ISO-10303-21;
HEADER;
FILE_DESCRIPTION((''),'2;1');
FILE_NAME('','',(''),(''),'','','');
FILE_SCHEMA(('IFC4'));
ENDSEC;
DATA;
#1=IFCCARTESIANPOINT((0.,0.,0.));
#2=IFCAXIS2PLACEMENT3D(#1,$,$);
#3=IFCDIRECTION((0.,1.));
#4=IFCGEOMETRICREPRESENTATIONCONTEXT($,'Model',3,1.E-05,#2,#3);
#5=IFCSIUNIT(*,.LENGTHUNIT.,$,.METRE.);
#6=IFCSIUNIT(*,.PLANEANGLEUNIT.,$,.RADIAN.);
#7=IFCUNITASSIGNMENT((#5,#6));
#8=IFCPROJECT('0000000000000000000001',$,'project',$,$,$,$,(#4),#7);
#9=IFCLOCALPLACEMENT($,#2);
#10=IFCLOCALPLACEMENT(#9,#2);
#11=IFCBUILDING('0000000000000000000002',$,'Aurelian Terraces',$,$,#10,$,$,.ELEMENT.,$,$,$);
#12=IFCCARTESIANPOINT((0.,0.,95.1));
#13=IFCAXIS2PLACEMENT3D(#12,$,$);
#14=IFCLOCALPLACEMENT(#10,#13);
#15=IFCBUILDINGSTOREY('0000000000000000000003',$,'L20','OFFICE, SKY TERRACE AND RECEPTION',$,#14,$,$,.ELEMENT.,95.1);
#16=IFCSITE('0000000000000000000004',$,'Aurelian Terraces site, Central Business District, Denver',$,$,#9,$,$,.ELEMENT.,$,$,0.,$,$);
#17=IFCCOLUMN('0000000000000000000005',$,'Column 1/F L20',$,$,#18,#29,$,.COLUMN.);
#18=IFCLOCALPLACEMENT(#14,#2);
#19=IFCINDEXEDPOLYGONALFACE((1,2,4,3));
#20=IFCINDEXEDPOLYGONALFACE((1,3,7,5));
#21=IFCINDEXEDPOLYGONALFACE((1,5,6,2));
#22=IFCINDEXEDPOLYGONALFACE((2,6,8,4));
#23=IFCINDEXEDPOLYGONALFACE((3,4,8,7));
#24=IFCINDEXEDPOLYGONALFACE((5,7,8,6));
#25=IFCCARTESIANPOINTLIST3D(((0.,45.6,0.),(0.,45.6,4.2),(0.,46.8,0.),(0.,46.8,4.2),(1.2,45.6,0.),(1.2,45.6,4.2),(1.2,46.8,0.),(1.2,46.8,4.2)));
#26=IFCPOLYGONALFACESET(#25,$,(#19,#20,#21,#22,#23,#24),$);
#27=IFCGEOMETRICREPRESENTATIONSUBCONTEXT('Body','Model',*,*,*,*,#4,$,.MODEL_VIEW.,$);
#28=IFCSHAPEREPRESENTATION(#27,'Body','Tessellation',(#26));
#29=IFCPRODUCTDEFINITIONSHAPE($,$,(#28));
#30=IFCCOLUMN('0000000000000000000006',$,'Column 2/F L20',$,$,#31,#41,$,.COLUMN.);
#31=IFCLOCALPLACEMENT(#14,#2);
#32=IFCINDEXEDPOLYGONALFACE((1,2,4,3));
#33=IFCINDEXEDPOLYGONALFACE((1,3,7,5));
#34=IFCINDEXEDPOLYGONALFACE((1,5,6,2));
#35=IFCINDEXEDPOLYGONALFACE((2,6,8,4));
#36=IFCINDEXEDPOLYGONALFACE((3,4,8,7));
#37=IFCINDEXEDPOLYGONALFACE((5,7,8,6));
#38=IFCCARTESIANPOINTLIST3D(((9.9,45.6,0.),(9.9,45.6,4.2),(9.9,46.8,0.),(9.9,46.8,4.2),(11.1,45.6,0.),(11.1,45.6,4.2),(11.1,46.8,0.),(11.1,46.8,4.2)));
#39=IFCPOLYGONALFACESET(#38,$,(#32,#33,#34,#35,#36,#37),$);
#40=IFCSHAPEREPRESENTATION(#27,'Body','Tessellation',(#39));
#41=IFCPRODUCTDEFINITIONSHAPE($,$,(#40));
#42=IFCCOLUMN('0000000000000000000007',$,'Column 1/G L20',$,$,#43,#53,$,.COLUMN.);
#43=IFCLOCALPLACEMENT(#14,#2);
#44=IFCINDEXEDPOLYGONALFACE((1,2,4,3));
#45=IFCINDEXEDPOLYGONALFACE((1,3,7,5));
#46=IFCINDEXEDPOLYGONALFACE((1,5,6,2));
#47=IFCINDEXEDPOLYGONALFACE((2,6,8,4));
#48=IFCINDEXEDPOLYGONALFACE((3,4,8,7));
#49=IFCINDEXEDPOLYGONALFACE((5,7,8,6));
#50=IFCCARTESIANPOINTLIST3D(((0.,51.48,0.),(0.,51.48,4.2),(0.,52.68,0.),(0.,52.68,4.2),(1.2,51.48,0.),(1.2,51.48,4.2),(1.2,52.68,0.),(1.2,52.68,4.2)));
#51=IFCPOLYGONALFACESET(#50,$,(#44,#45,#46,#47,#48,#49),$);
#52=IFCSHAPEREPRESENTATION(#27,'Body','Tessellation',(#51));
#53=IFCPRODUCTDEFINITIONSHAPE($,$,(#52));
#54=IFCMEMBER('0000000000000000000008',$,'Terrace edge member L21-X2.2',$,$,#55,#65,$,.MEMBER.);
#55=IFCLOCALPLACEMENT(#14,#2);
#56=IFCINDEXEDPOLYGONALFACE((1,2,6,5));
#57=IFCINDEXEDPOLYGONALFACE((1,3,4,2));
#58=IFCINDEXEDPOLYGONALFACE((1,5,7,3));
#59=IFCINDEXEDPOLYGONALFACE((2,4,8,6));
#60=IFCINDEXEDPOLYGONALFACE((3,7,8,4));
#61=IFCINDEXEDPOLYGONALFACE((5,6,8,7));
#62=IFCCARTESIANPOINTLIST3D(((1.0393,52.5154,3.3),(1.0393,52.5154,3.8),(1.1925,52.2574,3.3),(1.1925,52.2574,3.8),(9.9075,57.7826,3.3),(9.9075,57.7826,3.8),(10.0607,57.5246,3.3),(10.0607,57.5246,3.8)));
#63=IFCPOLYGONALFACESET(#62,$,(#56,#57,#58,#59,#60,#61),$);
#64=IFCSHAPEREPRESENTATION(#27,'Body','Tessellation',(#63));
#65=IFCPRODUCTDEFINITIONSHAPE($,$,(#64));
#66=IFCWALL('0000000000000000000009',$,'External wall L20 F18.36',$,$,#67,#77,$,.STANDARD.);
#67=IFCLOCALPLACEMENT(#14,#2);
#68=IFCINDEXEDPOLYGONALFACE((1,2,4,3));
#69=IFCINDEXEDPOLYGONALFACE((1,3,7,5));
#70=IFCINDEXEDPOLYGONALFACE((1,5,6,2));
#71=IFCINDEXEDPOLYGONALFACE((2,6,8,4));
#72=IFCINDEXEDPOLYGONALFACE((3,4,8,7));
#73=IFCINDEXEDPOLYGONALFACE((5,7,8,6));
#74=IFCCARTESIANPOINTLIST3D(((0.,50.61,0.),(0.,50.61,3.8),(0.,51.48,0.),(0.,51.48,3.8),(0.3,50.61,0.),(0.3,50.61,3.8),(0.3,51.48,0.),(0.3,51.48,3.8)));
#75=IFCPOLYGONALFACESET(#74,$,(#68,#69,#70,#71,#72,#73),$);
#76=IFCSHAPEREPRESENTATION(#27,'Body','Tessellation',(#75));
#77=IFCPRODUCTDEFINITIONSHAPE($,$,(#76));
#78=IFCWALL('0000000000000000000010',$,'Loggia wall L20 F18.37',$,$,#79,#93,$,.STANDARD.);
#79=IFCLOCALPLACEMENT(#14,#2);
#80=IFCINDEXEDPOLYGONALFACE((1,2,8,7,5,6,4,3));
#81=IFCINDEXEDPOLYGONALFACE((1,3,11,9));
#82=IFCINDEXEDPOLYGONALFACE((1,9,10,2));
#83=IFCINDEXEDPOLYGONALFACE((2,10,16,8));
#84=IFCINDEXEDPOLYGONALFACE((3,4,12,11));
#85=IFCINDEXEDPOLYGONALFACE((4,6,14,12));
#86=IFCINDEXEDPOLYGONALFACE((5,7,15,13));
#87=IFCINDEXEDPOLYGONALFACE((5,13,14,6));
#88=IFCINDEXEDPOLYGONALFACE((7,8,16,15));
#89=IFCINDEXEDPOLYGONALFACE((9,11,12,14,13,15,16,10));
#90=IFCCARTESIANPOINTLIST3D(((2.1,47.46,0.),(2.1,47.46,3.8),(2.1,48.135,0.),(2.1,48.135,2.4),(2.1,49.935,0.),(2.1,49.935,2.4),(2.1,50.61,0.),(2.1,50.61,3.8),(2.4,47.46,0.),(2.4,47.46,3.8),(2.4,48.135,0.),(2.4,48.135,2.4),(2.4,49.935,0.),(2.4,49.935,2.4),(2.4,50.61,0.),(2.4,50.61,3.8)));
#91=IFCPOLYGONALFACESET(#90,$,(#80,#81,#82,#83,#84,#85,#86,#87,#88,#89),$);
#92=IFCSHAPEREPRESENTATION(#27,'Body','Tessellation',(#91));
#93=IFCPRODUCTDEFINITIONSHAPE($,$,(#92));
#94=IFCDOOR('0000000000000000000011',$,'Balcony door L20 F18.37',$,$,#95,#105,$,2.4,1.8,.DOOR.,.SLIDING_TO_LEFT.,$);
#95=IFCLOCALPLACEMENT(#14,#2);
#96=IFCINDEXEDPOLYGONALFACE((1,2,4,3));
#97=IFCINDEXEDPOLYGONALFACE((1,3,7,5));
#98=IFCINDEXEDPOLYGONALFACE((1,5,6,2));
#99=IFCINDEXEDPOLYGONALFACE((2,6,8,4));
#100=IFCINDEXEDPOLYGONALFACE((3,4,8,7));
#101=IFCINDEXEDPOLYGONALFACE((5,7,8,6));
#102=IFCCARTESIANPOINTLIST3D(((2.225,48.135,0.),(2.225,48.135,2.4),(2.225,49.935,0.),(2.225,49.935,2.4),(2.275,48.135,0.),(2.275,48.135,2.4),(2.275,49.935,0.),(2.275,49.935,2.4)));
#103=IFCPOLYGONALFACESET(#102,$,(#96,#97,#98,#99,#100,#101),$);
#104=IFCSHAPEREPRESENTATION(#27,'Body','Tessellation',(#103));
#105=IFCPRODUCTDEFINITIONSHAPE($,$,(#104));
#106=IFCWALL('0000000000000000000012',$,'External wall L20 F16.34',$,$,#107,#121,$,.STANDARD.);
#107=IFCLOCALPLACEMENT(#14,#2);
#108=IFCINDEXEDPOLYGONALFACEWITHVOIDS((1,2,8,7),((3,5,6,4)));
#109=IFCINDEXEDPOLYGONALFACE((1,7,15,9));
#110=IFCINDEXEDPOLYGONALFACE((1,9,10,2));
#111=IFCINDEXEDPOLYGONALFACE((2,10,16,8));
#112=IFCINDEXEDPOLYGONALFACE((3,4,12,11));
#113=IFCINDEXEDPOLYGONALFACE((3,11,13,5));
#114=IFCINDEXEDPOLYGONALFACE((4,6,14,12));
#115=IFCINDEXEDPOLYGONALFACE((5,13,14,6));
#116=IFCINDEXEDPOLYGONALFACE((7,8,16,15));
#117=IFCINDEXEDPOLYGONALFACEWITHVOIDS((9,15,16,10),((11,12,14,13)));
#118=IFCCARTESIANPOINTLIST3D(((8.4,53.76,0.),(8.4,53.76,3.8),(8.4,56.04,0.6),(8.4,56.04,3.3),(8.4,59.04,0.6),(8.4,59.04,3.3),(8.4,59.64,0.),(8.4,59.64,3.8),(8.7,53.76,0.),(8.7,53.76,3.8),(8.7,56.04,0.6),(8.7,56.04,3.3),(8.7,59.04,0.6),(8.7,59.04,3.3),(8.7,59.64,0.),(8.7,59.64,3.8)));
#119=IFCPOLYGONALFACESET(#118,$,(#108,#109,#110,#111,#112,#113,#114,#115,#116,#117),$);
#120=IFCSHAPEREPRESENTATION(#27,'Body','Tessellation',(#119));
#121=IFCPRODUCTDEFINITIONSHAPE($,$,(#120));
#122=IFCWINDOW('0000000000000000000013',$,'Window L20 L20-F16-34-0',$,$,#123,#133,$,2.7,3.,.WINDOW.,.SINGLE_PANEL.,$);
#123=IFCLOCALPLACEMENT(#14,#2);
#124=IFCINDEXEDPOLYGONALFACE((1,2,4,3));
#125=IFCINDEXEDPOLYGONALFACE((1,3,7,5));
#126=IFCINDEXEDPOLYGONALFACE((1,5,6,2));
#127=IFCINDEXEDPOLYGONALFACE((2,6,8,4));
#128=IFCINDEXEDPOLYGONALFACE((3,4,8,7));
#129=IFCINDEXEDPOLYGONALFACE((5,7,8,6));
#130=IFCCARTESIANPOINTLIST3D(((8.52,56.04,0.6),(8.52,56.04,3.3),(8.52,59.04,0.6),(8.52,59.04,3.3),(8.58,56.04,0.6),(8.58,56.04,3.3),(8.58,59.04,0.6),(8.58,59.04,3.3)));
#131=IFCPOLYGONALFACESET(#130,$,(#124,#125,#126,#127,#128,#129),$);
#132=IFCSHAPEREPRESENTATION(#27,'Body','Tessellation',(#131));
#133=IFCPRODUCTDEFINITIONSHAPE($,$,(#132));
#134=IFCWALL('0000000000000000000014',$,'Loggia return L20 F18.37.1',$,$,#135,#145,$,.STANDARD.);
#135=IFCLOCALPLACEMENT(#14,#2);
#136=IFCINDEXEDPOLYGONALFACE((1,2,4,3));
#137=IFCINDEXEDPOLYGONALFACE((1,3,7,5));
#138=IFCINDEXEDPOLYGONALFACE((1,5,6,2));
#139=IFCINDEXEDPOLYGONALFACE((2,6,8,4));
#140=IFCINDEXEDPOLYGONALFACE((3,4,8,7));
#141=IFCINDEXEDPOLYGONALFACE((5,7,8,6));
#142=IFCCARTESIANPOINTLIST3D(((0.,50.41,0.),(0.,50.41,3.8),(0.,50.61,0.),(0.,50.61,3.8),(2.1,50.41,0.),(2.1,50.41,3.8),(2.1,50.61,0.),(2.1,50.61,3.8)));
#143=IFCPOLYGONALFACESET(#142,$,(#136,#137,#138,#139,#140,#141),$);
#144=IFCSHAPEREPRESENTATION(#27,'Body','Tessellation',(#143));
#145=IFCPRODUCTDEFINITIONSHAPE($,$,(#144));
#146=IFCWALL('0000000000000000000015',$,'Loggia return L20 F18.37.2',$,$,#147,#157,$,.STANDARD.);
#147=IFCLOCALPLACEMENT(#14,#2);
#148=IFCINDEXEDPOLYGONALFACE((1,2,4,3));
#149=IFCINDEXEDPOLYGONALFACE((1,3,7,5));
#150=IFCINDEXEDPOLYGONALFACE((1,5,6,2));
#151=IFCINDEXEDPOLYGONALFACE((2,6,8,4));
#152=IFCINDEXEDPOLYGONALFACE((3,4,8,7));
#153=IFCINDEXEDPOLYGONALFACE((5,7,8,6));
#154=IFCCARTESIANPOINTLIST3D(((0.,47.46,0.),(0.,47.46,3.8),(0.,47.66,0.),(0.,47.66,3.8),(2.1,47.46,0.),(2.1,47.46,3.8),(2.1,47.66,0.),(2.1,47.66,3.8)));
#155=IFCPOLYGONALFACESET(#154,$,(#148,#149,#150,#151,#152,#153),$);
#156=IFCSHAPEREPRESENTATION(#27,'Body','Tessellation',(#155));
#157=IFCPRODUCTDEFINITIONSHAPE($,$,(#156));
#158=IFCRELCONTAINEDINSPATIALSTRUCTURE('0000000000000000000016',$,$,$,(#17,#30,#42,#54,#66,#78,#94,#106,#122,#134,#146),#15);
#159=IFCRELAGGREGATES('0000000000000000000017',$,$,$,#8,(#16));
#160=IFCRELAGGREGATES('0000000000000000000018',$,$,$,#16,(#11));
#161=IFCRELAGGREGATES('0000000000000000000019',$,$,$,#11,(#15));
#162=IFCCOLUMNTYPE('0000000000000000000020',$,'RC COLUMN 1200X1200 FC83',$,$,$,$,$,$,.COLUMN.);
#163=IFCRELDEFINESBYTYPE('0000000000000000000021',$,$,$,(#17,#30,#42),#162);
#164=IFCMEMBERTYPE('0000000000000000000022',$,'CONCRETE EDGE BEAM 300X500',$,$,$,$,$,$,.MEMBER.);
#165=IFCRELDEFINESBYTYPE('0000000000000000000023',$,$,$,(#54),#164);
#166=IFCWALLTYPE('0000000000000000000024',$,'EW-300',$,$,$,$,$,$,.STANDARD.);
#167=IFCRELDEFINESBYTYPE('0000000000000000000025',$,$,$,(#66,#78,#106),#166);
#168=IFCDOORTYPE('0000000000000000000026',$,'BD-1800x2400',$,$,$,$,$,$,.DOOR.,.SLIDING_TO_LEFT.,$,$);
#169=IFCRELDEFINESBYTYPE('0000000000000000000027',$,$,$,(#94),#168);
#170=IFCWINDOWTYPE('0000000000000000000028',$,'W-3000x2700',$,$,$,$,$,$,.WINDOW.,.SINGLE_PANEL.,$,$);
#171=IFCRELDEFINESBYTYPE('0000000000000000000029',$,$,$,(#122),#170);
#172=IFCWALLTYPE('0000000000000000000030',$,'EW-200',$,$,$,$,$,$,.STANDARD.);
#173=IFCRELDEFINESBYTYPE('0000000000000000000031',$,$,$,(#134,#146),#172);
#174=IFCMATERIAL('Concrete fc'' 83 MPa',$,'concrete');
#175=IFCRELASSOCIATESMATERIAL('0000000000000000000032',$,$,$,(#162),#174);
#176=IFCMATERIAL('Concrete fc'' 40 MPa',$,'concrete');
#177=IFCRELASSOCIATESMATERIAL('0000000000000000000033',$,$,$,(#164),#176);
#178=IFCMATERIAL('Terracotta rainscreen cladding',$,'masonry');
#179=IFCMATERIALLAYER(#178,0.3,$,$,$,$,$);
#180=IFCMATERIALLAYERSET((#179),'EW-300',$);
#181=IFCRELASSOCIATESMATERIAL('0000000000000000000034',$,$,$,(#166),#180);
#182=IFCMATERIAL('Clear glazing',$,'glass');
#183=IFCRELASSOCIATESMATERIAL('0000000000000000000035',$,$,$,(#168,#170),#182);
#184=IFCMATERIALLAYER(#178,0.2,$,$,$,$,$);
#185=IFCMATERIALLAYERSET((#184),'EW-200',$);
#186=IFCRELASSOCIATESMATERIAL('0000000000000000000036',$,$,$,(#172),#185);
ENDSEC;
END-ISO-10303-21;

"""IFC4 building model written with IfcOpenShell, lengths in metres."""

from ifc_helpers import new_model, si_unit, direction, frame, frame_2d, origin, origin_2d, place, context, subcontext, project, spatial, rectangle, extrude, source, transform, mapped, material, layer, layer_set, material_profile, profile_set, type_object, element, fill, save


model = new_model("IFC4")

# Units and contexts
model_context = context("Model", 3, precision=1e-05, world=origin(), true_north=direction((0.0, 1.0)))
body_context = subcontext(model_context, "Body", "Model", "MODEL_VIEW")
ifc_project = project(units=[si_unit("LENGTHUNIT", "METRE"), si_unit("PLANEANGLEUNIT", "RADIAN")], contexts=[model_context])

# Site, building, storey
site_placement = place(None, origin())
site = spatial("IfcSite", under=ifc_project, at=site_placement, Name="Aurelian Terraces site, Central Business District, Denver", CompositionType="ELEMENT", RefElevation=0.0)
building_placement = place(site_placement, origin())
building = spatial("IfcBuilding", under=site, at=building_placement, Name="Aurelian Terraces", CompositionType="ELEMENT")
storey_placement = place(building_placement, frame((0.0, 0.0, 95.1)))
storey = spatial("IfcBuildingStorey", under=building, at=storey_placement, Name="L20", Description="OFFICE, SKY TERRACE AND RECEPTION", CompositionType="ELEMENT", Elevation=95.1)

# Columns
ifc_material_1 = material(Name="Concrete fc' 83 MPa", Category="concrete")
ifc_material_profile_1 = material_profile(ifc_material_1, rectangle(XDim=1.2, YDim=1.2, at=origin_2d()))
ifc_profile_set_1 = profile_set([ifc_material_profile_1], Name="Concrete fc' 83 MPa")
column_type = type_object("IfcColumnType", Name="RC COLUMN 1200X1200 FC83", PredefinedType="COLUMN", material=ifc_profile_set_1)
shared_shape_1 = source(origin(), body_context, "Body", "SweptSolid", [
    extrude(rectangle(XDim=1.2, YDim=1.2, at=origin_2d()), origin(), (0.0, 0.0, 1.0), 4.2),
])
for number, where, z_axis, x_axis, name in (
    (1, (0.6, 46.2, 0.0), (0.0, 0.0, 1.0), (1.0, 0.0, 0.0), "Column 1/F L20"),
    (2, (10.5, 46.2, 0.0), (0.0, 0.0, 1.0), (1.0, 0.0, 0.0), "Column 2/F L20"),
    (3, (0.6, 52.08, 0.0), (0.0, 0.0, 1.0), (1.0, 0.0, 0.0), "Column 1/G L20"),
):
    element("IfcColumn", number, at=place(storey_placement, frame(where, z_axis=z_axis, x_axis=x_axis)), inside=storey, type_object=column_type, Name=name, PredefinedType="COLUMN", context=body_context, shape_type="MappedRepresentation", body=[
        mapped(shared_shape_1, transform((0.0, 0.0, 0.0), scale=1.0)),
    ])

# Member
ifc_material_2 = material(Name="Concrete fc' 40 MPa", Category="concrete")
ifc_material_profile_2 = material_profile(ifc_material_2, rectangle(XDim=0.3, YDim=0.5, at=origin_2d()))
ifc_profile_set_2 = profile_set([ifc_material_profile_2], Name="Concrete fc' 40 MPa")
member_type = type_object("IfcMemberType", Name="CONCRETE EDGE BEAM 300X500", PredefinedType="MEMBER", material=ifc_profile_set_2)
shared_shape_2 = source(origin(), body_context, "Body", "SweptSolid", [
    extrude(rectangle(XDim=0.3, YDim=0.5, at=origin_2d()), origin(), (0.0, 0.0, 1.0), 10.3145),
])
member_placement = place(storey_placement, frame((9.9841, 57.6536, 3.55), z_axis=(-0.859782, -0.510661, 0.0), x_axis=(0.510661, -0.859782, 0.0)))
element("IfcMember", 4, at=member_placement, inside=storey, type_object=member_type, Name="Terrace edge member L21-X2.2", PredefinedType="MEMBER", context=body_context, shape_type="MappedRepresentation", body=[
    mapped(shared_shape_2, transform((0.0, 0.0, 0.0), scale=1.0)),
])

# Wall
ifc_material_3 = material(Name="Terracotta rainscreen cladding", Category="masonry")
ifc_layer_1 = layer(ifc_material_3, 0.3)
ifc_layer_set_1 = layer_set([ifc_layer_1], Name="EW-300")
wall_type_1 = type_object("IfcWallType", Name="EW-300", PredefinedType="STANDARD", material=ifc_layer_set_1)
wall_1_placement = place(storey_placement, frame((0.15, 51.48, 0.0), z_axis=(0.0, 0.0, 1.0), x_axis=(0.0, -1.0, 0.0)))
element("IfcWall", 5, at=wall_1_placement, inside=storey, type_object=wall_type_1, Name="External wall L20 F18.36", PredefinedType="STANDARD", context=body_context, shape_type="SweptSolid", body=[
    extrude(rectangle(XDim=0.87, YDim=0.3, at=frame_2d((0.435, 0.0))), origin(), (0.0, 0.0, 1.0), 3.8),
])

# Wall, opening, door
shared_shape_3 = source(origin(), body_context, "Body", "SweptSolid", [
    extrude(rectangle(XDim=3.15, YDim=0.3, at=frame_2d((1.575, 0.0))), origin(), (0.0, 0.0, 1.0), 3.8),
])
wall_2_placement = place(storey_placement, frame((2.25, 50.61, 0.0), z_axis=(0.0, 0.0, 1.0), x_axis=(0.0, -1.0, 0.0)))
wall_2 = element("IfcWall", 6, at=wall_2_placement, inside=storey, type_object=wall_type_1, Name="Loggia wall L20 F18.37", PredefinedType="STANDARD", context=body_context, shape_type="MappedRepresentation", body=[
    mapped(shared_shape_3, transform((0.0, 0.0, 0.0), scale=1.0)),
])
shared_shape_4 = source(origin(), body_context, "Body", "SweptSolid", [
    extrude(rectangle(XDim=1.8, YDim=2.4, at=frame_2d((0.9, 1.2))), frame((0.0, 0.16, 0.0), z_axis=(0.0, -1.0, 0.0), x_axis=(1.0, 0.0, 0.0)), (0.0, 0.0, 1.0), 0.32),
])
opening_1_placement = place(wall_2_placement, frame((0.675, 0.0, 0.0)))
opening_1 = element("IfcOpeningElement", 7, at=opening_1_placement, cuts=wall_2, PredefinedType="OPENING", context=body_context, shape_type="MappedRepresentation", body=[
    mapped(shared_shape_4, transform((0.0, 0.0, 0.0), scale=1.0)),
])
ifc_material_4 = material(Name="Clear glazing", Category="glass")
door_type_1 = type_object("IfcDoorType", Name="BD-1800x2400", OperationType="SLIDING_TO_LEFT", PredefinedType="DOOR", material=ifc_material_4)
shared_shape_5 = source(origin(), body_context, "Body", "SweptSolid", [
    extrude(rectangle(XDim=1.8, YDim=2.4, at=frame_2d((0.9, 1.2))), frame((0.0, 0.025, 0.0), z_axis=(0.0, -1.0, 0.0), x_axis=(1.0, 0.0, 0.0)), (0.0, 0.0, 1.0), 0.05),
])
door_1_placement = place(opening_1_placement, origin())
door_1 = element("IfcDoor", 8, at=door_1_placement, inside=storey, type_object=door_type_1, Name="Balcony door L20 F18.37", OperationType="SLIDING_TO_LEFT", OverallHeight=2.4, OverallWidth=1.8, PredefinedType="DOOR", context=body_context, shape_type="MappedRepresentation", body=[
    mapped(shared_shape_5, transform((0.0, 0.0, 0.0), scale=1.0)),
])
fill(opening_1, door_1)

# Wall, opening, window
shared_shape_6 = source(origin(), body_context, "Body", "SweptSolid", [
    extrude(rectangle(XDim=5.88, YDim=0.3, at=frame_2d((2.94, 0.0))), origin(), (0.0, 0.0, 1.0), 3.8),
])
wall_3_placement = place(storey_placement, frame((8.55, 59.64, 0.0), z_axis=(0.0, 0.0, 1.0), x_axis=(0.0, -1.0, 0.0)))
wall_3 = element("IfcWall", 9, at=wall_3_placement, inside=storey, type_object=wall_type_1, Name="External wall L20 F16.34", PredefinedType="STANDARD", context=body_context, shape_type="MappedRepresentation", body=[
    mapped(shared_shape_6, transform((0.0, 0.0, 0.0), scale=1.0)),
])
shared_shape_7 = source(origin(), body_context, "Body", "SweptSolid", [
    extrude(rectangle(XDim=3.0, YDim=2.7, at=frame_2d((1.5, 1.35))), frame((0.0, 0.16, 0.0), z_axis=(0.0, -1.0, 0.0), x_axis=(1.0, 0.0, 0.0)), (0.0, 0.0, 1.0), 0.32),
])
opening_2_placement = place(wall_3_placement, frame((0.6, 0.0, 0.6)))
opening_2 = element("IfcOpeningElement", 10, at=opening_2_placement, cuts=wall_3, PredefinedType="OPENING", context=body_context, shape_type="MappedRepresentation", body=[
    mapped(shared_shape_7, transform((0.0, 0.0, 0.0), scale=1.0)),
])
window_type_1 = type_object("IfcWindowType", Name="W-3000x2700", PartitioningType="SINGLE_PANEL", PredefinedType="WINDOW", material=ifc_material_4)
shared_shape_8 = source(origin(), body_context, "Body", "SweptSolid", [
    extrude(rectangle(XDim=3.0, YDim=2.7, at=frame_2d((1.5, 1.35))), frame((0.0, 0.03, 0.0), z_axis=(0.0, -1.0, 0.0), x_axis=(1.0, 0.0, 0.0)), (0.0, 0.0, 1.0), 0.06),
])
window_1_placement = place(opening_2_placement, origin())
window_1 = element("IfcWindow", 11, at=window_1_placement, inside=storey, type_object=window_type_1, Name="Window L20 L20-F16-34-0", OverallHeight=2.7, OverallWidth=3.0, PartitioningType="SINGLE_PANEL", PredefinedType="WINDOW", context=body_context, shape_type="MappedRepresentation", body=[
    mapped(shared_shape_8, transform((0.0, 0.0, 0.0), scale=1.0)),
])
fill(opening_2, window_1)

# Walls
ifc_layer_2 = layer(ifc_material_3, 0.2)
ifc_layer_set_2 = layer_set([ifc_layer_2], Name="EW-200")
wall_type_2 = type_object("IfcWallType", Name="EW-200", PredefinedType="STANDARD", material=ifc_layer_set_2)
shared_shape_9 = source(origin(), body_context, "Body", "SweptSolid", [
    extrude(rectangle(XDim=2.1, YDim=0.2, at=frame_2d((1.05, 0.0))), origin(), (0.0, 0.0, 1.0), 3.8),
])
for number, where, z_axis, x_axis, name in (
    (12, (0.0, 50.51, 0.0), (0.0, 0.0, 1.0), (1.0, 0.0, 0.0), "Loggia return L20 F18.37.1"),
    (13, (0.0, 47.56, 0.0), (0.0, 0.0, 1.0), (1.0, 0.0, 0.0), "Loggia return L20 F18.37.2"),
):
    element("IfcWall", number, at=place(storey_placement, frame(where, z_axis=z_axis, x_axis=x_axis)), inside=storey, type_object=wall_type_2, Name=name, PredefinedType="STANDARD", context=body_context, shape_type="MappedRepresentation", body=[
        mapped(shared_shape_9, transform((0.0, 0.0, 0.0), scale=1.0)),
    ])

save(model, "model.ifc")
